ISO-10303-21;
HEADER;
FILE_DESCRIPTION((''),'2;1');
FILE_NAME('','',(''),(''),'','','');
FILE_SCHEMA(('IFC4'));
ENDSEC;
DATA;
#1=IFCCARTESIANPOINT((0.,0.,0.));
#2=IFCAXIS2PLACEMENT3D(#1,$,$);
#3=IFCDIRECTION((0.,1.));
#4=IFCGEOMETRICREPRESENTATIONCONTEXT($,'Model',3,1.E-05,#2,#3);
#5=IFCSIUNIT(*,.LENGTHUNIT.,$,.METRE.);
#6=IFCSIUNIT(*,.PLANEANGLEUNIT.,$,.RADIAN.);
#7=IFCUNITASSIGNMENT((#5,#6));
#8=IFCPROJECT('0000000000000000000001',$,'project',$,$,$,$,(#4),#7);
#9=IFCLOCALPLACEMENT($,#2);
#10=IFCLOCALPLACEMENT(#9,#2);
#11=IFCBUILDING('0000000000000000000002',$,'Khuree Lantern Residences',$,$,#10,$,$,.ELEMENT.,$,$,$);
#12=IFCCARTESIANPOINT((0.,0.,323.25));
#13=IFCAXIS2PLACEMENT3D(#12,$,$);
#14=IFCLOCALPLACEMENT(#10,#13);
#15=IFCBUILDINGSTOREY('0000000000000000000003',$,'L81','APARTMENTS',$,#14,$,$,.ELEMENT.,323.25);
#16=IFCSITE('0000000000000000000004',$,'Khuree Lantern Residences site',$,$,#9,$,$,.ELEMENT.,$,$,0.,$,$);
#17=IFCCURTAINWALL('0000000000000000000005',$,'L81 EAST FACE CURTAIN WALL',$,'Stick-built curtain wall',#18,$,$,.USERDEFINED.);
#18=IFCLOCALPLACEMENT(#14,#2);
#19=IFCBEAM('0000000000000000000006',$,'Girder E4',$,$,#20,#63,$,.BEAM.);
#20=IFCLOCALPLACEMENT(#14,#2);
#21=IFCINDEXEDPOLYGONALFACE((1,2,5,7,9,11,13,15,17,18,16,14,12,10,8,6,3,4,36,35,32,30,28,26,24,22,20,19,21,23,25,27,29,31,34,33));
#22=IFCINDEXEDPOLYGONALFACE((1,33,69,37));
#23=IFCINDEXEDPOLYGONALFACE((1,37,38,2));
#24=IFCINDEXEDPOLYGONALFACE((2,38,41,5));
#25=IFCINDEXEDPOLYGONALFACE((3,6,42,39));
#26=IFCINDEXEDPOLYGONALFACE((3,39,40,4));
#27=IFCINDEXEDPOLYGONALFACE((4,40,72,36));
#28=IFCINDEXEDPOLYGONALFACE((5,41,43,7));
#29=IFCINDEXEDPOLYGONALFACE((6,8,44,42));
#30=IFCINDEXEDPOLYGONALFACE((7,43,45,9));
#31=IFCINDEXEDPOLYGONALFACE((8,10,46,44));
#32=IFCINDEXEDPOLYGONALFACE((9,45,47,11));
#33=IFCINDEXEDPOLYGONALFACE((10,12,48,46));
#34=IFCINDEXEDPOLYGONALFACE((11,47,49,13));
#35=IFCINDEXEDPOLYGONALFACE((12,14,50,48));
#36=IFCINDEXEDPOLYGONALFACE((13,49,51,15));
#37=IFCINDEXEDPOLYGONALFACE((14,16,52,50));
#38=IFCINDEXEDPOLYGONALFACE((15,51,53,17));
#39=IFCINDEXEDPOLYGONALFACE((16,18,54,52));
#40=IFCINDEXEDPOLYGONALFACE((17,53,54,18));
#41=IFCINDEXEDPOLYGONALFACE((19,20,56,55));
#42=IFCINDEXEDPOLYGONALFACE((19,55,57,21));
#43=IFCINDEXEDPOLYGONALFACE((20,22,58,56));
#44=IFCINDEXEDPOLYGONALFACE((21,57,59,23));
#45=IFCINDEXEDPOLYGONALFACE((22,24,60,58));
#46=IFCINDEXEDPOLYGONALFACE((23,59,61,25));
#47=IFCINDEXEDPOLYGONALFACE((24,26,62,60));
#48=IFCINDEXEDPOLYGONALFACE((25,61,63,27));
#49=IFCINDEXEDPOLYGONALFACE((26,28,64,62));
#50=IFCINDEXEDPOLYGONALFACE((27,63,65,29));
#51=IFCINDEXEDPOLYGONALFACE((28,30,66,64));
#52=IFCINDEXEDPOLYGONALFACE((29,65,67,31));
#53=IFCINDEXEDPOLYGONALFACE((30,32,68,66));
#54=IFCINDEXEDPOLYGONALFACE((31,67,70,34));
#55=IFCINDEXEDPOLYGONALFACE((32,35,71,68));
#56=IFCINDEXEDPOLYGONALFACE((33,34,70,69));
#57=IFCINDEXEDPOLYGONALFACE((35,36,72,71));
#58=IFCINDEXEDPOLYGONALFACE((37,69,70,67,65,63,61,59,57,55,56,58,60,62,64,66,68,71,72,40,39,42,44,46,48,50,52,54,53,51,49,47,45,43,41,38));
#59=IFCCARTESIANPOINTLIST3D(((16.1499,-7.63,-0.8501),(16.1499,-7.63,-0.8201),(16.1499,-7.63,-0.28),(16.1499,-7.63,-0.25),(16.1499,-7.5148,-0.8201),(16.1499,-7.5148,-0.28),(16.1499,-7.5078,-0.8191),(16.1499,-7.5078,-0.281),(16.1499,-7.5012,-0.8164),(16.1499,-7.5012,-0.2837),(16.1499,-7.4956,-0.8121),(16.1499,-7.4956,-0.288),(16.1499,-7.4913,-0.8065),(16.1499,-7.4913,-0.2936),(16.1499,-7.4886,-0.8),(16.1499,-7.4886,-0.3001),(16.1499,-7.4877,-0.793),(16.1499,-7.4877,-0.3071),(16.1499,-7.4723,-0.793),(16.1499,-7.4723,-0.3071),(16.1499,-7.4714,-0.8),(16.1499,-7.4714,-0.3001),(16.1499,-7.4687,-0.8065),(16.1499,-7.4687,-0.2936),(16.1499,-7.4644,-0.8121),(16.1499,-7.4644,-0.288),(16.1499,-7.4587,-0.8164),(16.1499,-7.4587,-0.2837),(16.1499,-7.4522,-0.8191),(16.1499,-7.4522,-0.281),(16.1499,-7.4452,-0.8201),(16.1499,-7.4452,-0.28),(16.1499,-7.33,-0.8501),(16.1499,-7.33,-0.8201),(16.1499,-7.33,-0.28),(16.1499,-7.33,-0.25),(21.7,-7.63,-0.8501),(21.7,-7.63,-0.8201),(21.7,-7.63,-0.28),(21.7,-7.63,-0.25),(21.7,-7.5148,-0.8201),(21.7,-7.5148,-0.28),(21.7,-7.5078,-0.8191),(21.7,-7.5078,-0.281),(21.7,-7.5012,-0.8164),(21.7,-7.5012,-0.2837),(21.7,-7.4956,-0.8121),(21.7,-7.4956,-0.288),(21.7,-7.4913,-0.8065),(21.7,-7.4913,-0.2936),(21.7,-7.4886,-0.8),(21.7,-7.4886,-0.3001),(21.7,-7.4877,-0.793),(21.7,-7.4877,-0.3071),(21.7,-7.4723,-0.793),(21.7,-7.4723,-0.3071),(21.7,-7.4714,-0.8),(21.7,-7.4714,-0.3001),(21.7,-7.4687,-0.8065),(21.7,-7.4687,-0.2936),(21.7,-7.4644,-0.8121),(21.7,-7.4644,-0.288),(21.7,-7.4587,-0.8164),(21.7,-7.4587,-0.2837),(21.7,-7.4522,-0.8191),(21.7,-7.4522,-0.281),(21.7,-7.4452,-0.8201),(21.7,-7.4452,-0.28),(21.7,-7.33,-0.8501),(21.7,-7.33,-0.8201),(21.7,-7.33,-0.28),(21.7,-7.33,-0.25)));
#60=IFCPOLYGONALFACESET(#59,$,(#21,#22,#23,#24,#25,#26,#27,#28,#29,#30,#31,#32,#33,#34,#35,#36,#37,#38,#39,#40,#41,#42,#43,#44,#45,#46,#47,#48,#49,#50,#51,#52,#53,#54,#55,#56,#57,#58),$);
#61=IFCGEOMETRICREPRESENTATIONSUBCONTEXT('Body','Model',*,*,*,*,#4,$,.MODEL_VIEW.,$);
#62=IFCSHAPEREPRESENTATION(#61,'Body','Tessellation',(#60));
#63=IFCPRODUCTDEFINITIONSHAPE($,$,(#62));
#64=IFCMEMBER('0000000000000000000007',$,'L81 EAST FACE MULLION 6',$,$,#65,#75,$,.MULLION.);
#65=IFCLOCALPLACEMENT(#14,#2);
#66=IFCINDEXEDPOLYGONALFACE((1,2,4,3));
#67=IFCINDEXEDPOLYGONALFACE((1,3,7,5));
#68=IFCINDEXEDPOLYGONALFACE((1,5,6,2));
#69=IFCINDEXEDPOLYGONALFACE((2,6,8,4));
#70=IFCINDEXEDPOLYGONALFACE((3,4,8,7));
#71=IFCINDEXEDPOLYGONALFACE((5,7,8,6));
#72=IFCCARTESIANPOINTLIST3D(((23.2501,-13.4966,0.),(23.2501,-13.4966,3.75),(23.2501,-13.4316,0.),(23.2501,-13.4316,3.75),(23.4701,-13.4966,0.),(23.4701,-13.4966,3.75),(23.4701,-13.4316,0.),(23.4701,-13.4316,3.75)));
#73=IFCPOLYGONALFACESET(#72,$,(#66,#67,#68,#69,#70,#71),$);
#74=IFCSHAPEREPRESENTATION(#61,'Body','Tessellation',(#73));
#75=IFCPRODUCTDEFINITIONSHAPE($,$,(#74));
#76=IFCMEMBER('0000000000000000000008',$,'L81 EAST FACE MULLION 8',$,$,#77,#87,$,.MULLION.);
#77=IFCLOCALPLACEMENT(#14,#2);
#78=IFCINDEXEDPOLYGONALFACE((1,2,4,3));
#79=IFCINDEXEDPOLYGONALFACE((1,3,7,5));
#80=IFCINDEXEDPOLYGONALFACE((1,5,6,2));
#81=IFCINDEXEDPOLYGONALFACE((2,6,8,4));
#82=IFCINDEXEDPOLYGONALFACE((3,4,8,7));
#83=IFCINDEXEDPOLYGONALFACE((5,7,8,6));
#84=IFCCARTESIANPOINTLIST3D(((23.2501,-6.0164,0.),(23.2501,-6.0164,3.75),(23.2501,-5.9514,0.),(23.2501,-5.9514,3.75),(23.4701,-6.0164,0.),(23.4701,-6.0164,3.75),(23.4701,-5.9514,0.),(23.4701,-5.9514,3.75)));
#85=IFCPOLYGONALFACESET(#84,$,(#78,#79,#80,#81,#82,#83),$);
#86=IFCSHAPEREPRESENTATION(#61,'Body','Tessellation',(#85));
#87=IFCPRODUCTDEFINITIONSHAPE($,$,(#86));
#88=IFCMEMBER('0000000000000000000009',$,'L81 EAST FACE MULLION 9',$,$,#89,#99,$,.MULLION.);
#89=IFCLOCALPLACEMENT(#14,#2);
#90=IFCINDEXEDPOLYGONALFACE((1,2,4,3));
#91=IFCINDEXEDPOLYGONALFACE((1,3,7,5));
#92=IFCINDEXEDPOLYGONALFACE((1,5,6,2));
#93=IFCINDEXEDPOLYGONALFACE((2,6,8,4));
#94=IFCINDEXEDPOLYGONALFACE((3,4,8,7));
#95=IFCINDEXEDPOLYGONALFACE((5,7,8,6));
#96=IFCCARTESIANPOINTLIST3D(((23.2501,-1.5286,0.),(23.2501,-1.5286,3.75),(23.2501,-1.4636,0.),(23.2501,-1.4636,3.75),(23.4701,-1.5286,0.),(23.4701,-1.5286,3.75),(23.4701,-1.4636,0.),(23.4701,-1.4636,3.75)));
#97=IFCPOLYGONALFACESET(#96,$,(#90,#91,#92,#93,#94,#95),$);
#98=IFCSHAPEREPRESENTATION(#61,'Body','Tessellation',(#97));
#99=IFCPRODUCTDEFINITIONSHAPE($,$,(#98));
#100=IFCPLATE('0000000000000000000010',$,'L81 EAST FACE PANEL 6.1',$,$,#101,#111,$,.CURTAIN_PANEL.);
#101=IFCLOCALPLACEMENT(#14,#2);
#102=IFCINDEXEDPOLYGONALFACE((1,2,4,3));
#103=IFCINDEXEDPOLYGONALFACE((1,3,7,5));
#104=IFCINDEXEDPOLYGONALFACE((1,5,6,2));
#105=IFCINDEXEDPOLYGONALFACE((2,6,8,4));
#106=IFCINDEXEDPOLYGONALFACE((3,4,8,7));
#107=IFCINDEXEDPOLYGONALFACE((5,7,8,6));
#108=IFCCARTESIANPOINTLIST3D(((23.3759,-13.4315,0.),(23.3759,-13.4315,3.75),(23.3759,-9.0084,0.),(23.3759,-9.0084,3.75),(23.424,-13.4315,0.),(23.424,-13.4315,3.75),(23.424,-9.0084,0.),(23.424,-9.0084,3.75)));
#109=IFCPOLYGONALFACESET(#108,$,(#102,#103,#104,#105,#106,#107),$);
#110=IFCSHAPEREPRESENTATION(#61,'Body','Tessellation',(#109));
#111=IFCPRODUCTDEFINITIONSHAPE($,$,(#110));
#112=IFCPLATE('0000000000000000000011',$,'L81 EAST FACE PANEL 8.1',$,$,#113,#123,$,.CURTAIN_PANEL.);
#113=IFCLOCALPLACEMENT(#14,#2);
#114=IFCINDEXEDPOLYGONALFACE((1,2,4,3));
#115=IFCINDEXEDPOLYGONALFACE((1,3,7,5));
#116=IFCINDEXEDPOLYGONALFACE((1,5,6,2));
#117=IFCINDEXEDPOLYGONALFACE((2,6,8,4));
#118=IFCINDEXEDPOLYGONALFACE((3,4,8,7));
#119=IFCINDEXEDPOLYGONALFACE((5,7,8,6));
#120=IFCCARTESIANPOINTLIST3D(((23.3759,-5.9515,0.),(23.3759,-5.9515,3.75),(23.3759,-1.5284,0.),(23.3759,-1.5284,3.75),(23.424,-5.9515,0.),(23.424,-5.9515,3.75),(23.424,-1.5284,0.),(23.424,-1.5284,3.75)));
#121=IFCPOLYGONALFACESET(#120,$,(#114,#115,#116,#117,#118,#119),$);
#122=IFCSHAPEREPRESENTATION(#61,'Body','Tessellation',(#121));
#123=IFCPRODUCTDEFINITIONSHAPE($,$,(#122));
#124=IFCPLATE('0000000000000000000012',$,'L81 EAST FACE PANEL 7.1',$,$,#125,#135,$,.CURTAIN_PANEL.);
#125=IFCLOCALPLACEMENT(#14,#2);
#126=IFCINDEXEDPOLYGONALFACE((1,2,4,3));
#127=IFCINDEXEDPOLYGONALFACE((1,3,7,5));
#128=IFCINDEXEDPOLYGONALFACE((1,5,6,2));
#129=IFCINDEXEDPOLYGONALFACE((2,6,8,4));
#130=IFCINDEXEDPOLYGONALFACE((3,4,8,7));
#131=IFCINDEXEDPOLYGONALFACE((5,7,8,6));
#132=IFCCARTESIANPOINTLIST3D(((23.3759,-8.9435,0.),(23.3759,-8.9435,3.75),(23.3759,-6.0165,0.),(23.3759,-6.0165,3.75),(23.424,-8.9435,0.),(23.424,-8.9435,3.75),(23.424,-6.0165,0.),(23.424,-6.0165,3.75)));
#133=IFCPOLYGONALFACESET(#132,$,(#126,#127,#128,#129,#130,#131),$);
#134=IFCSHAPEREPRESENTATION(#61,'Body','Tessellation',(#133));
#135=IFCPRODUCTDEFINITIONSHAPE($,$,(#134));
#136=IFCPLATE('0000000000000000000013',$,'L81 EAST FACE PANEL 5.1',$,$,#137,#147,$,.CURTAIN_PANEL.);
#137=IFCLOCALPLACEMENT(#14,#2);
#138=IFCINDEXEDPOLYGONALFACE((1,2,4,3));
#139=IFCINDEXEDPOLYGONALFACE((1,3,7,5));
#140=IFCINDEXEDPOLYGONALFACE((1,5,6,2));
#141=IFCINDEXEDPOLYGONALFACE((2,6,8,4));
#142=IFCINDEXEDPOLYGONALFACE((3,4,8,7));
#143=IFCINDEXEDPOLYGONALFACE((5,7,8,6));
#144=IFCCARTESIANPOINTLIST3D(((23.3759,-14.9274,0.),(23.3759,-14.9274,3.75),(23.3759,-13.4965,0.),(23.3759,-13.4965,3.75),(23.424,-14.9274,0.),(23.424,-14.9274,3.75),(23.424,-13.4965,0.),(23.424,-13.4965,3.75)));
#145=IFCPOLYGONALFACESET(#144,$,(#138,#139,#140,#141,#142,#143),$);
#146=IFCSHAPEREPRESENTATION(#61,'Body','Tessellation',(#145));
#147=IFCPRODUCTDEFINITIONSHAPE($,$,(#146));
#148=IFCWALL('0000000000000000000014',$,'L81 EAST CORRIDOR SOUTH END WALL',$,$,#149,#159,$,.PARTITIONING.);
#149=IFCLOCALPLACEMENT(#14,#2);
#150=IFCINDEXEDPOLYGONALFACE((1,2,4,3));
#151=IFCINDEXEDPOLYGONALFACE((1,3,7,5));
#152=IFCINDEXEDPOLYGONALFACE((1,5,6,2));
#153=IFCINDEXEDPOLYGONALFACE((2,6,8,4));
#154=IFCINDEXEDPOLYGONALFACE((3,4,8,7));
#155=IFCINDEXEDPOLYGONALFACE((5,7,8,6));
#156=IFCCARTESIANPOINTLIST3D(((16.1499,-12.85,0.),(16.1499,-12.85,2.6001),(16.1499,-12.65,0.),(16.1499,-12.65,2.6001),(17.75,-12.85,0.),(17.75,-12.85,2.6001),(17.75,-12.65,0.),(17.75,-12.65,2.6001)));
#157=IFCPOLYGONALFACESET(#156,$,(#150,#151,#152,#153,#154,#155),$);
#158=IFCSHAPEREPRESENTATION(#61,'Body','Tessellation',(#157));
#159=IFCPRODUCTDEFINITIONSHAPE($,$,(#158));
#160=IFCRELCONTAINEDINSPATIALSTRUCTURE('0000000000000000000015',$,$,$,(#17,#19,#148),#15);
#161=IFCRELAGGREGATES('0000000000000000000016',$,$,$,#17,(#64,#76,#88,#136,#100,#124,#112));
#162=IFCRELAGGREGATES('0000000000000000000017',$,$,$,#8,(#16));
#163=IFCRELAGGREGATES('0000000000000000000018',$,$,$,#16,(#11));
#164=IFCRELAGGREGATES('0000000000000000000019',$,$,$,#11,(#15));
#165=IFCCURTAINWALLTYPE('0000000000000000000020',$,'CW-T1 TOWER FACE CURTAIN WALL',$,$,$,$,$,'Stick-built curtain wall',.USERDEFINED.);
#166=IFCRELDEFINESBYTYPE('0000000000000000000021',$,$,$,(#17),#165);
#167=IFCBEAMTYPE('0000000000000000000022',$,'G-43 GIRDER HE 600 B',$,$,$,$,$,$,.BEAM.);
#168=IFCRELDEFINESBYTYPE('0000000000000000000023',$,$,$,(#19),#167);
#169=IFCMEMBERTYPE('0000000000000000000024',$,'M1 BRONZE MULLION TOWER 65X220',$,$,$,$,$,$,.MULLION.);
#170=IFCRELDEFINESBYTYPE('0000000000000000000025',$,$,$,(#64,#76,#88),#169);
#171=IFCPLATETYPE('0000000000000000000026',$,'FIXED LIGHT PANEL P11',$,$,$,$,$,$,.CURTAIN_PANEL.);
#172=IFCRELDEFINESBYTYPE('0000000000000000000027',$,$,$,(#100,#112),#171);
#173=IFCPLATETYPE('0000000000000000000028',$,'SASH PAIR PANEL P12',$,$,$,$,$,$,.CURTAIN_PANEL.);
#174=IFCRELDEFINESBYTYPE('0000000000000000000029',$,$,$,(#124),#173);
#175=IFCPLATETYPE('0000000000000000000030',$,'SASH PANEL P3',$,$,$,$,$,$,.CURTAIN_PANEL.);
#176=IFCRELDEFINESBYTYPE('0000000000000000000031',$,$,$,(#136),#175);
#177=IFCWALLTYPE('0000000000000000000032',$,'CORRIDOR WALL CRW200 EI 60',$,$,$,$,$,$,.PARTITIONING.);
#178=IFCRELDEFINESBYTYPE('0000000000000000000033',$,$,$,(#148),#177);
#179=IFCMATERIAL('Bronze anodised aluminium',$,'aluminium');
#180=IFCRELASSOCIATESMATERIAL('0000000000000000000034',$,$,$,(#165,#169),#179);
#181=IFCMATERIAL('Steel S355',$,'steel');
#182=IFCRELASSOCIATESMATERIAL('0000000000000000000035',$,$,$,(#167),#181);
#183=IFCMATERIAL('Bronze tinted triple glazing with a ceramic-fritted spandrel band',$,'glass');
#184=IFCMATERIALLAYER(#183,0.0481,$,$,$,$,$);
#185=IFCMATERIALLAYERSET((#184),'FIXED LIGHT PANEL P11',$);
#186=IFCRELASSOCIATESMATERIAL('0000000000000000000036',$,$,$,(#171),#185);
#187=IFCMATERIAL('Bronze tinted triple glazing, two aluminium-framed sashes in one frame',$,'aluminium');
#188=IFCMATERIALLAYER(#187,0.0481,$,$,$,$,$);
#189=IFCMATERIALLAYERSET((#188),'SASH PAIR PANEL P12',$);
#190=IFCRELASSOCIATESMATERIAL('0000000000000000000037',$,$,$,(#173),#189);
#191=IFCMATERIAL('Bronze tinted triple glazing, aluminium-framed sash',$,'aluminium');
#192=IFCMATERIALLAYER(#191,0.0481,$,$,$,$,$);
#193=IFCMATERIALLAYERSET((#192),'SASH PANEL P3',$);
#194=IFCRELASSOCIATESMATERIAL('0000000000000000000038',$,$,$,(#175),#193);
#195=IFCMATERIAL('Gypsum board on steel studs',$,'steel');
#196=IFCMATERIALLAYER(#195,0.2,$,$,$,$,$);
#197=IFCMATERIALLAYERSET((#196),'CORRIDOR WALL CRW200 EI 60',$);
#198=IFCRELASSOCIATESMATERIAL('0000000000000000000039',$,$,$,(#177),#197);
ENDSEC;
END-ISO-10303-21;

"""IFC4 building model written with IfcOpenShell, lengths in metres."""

from ifc_helpers import new_model, si_unit, direction, frame, frame_2d, origin, origin_2d, place, context, subcontext, project, spatial, rectangle, i_section, extrude, material, layer, layer_set, material_profile, profile_set, type_object, element, aggregate, save


model = new_model("IFC4")

# Units and contexts
model_context = context("Model", 3, precision=1e-05, world=origin(), true_north=direction((0.0, 1.0)))
body_context = subcontext(model_context, "Body", "Model", "MODEL_VIEW")
ifc_project = project(units=[si_unit("LENGTHUNIT", "METRE"), si_unit("PLANEANGLEUNIT", "RADIAN")], contexts=[model_context])

# Site, building, storey
site_placement = place(None, origin())
site = spatial("IfcSite", under=ifc_project, at=site_placement, Name="Khuree Lantern Residences site", CompositionType="ELEMENT", RefElevation=0.0)
building_placement = place(site_placement, origin())
building = spatial("IfcBuilding", under=site, at=building_placement, Name="Khuree Lantern Residences", CompositionType="ELEMENT")
storey_placement = place(building_placement, frame((0.0, 0.0, 323.25)))
storey = spatial("IfcBuildingStorey", under=building, at=storey_placement, Name="L81", Description="APARTMENTS", CompositionType="ELEMENT", Elevation=323.25)

# Shared definitions
ifc_material_1 = material(Name="Steel S355", Category="steel")

# Curtain wall
ifc_material_2 = material(Name="Bronze anodised aluminium", Category="aluminium")
curtain_wall_type = type_object("IfcCurtainWallType", Name="CW-T1 TOWER FACE CURTAIN WALL", ElementType="Stick-built curtain wall", PredefinedType="USERDEFINED", material=ifc_material_2)
curtain_wall_placement = place(storey_placement, origin())
curtain_wall = element("IfcCurtainWall", 1, at=curtain_wall_placement, inside=storey, type_object=curtain_wall_type, Name="L81 EAST FACE CURTAIN WALL", ObjectType="Stick-built curtain wall", PredefinedType="USERDEFINED")

# Beam
ifc_material_profile_1 = material_profile(ifc_material_1, i_section(OverallWidth=0.3, OverallDepth=0.6001, WebThickness=0.0154, FlangeThickness=0.03, FilletRadius=0.0271, at=origin_2d()), Name="HE 600 B")
ifc_profile_set_1 = profile_set([ifc_material_profile_1], Name="Steel S355")
beam_type_1 = type_object("IfcBeamType", Name="G-43 GIRDER HE 600 B", PredefinedType="BEAM", material=ifc_profile_set_1)
beam_1_placement = place(storey_placement, frame((21.7, -7.48, -0.55), z_axis=(-1.0, 0.0, 0.0), x_axis=(0.0, -1.0, 0.0)))
element("IfcBeam", 2, at=beam_1_placement, inside=storey, type_object=beam_type_1, Name="Girder E4", PredefinedType="BEAM", context=body_context, shape_type="SweptSolid", body=[
    extrude(i_section(OverallWidth=0.3, OverallDepth=0.6001, WebThickness=0.0154, FlangeThickness=0.03, FilletRadius=0.0271, at=origin_2d()), origin(), (0.0, 0.0, 1.0), 5.55),
])

# Members
ifc_material_profile_2 = material_profile(ifc_material_2, rectangle(XDim=0.0649, YDim=0.22, at=origin_2d()), Name="M1 65X220")
ifc_profile_set_2 = profile_set([ifc_material_profile_2], Name="Bronze anodised aluminium")
member_type_1 = type_object("IfcMemberType", Name="M1 BRONZE MULLION TOWER 65X220", PredefinedType="MULLION", material=ifc_profile_set_2)
member_1_placement = place(storey_placement, frame((23.3601, -13.4641, 0.0), z_axis=(0.0, 0.0, 1.0), x_axis=(0.0, 1.0, 0.0)))
member_1 = element("IfcMember", 3, at=member_1_placement, type_object=member_type_1, Name="L81 EAST FACE MULLION 6", PredefinedType="MULLION", context=body_context, shape_type="SweptSolid", body=[
    extrude(rectangle(XDim=0.0649, YDim=0.22, at=origin_2d()), origin(), (0.0, 0.0, 1.0), 3.75),
])
member_2_placement = place(storey_placement, frame((23.3601, -5.9839, 0.0), z_axis=(0.0, 0.0, 1.0), x_axis=(0.0, 1.0, 0.0)))
member_2 = element("IfcMember", 4, at=member_2_placement, type_object=member_type_1, Name="L81 EAST FACE MULLION 8", PredefinedType="MULLION", context=body_context, shape_type="SweptSolid", body=[
    extrude(rectangle(XDim=0.0649, YDim=0.22, at=origin_2d()), origin(), (0.0, 0.0, 1.0), 3.75),
])
member_3_placement = place(storey_placement, frame((23.3601, -1.4961, 0.0), z_axis=(0.0, 0.0, 1.0), x_axis=(0.0, 1.0, 0.0)))
member_3 = element("IfcMember", 5, at=member_3_placement, type_object=member_type_1, Name="L81 EAST FACE MULLION 9", PredefinedType="MULLION", context=body_context, shape_type="SweptSolid", body=[
    extrude(rectangle(XDim=0.0649, YDim=0.22, at=origin_2d()), origin(), (0.0, 0.0, 1.0), 3.75),
])

# Plates
ifc_material_3 = material(Name="Bronze tinted triple glazing with a ceramic-fritted spandrel band", Category="glass")
ifc_layer_1 = layer(ifc_material_3, 0.0481)
ifc_layer_set_1 = layer_set([ifc_layer_1], Name="FIXED LIGHT PANEL P11")
plate_type_1 = type_object("IfcPlateType", Name="FIXED LIGHT PANEL P11", PredefinedType="CURTAIN_PANEL", material=ifc_layer_set_1)
plate_1_placement = place(storey_placement, frame((23.3999, -11.22, 0.0), z_axis=(0.0, 0.0, 1.0), x_axis=(0.0, 1.0, 0.0)))
plate_1 = element("IfcPlate", 6, at=plate_1_placement, type_object=plate_type_1, Name="L81 EAST FACE PANEL 6.1", PredefinedType="CURTAIN_PANEL", context=body_context, shape_type="SweptSolid", body=[
    extrude(rectangle(XDim=4.4231, YDim=0.0481, at=origin_2d()), origin(), (0.0, 0.0, 1.0), 3.75),
])
plate_2_placement = place(storey_placement, frame((23.3999, -3.74, 0.0), z_axis=(0.0, 0.0, 1.0), x_axis=(0.0, 1.0, 0.0)))
plate_2 = element("IfcPlate", 7, at=plate_2_placement, type_object=plate_type_1, Name="L81 EAST FACE PANEL 8.1", PredefinedType="CURTAIN_PANEL", context=body_context, shape_type="SweptSolid", body=[
    extrude(rectangle(XDim=4.4231, YDim=0.0481, at=origin_2d()), origin(), (0.0, 0.0, 1.0), 3.75),
])
ifc_material_4 = material(Name="Bronze tinted triple glazing, two aluminium-framed sashes in one frame", Category="aluminium")
ifc_layer_2 = layer(ifc_material_4, 0.0481)
ifc_layer_set_2 = layer_set([ifc_layer_2], Name="SASH PAIR PANEL P12")
plate_type_2 = type_object("IfcPlateType", Name="SASH PAIR PANEL P12", PredefinedType="CURTAIN_PANEL", material=ifc_layer_set_2)
plate_3_placement = place(storey_placement, frame((23.3999, -7.48, 0.0), z_axis=(0.0, 0.0, 1.0), x_axis=(0.0, 1.0, 0.0)))
plate_3 = element("IfcPlate", 8, at=plate_3_placement, type_object=plate_type_2, Name="L81 EAST FACE PANEL 7.1", PredefinedType="CURTAIN_PANEL", context=body_context, shape_type="SweptSolid", body=[
    extrude(rectangle(XDim=2.927, YDim=0.0481, at=origin_2d()), origin(), (0.0, 0.0, 1.0), 3.75),
])
ifc_material_5 = material(Name="Bronze tinted triple glazing, aluminium-framed sash", Category="aluminium")
ifc_layer_3 = layer(ifc_material_5, 0.0481)
ifc_layer_set_3 = layer_set([ifc_layer_3], Name="SASH PANEL P3")
plate_type_3 = type_object("IfcPlateType", Name="SASH PANEL P3", PredefinedType="CURTAIN_PANEL", material=ifc_layer_set_3)
plate_4_placement = place(storey_placement, frame((23.3999, -14.2119, 0.0), z_axis=(0.0, 0.0, 1.0), x_axis=(0.0, 1.0, 0.0)))
plate_4 = element("IfcPlate", 9, at=plate_4_placement, type_object=plate_type_3, Name="L81 EAST FACE PANEL 5.1", PredefinedType="CURTAIN_PANEL", context=body_context, shape_type="SweptSolid", body=[
    extrude(rectangle(XDim=1.4309, YDim=0.0481, at=origin_2d()), origin(), (0.0, 0.0, 1.0), 3.75),
])
aggregate(curtain_wall, [member_1, member_2, member_3, plate_4, plate_1, plate_3, plate_2])

# Wall
ifc_material_6 = material(Name="Gypsum board on steel studs", Category="steel")
ifc_layer_4 = layer(ifc_material_6, 0.2)
ifc_layer_set_4 = layer_set([ifc_layer_4], Name="CORRIDOR WALL CRW200 EI 60")
wall_type_1 = type_object("IfcWallType", Name="CORRIDOR WALL CRW200 EI 60", PredefinedType="PARTITIONING", material=ifc_layer_set_4)
wall_1_placement = place(storey_placement, frame((16.1499, -12.75, 0.0), z_axis=(0.0, 0.0, 1.0), x_axis=(1.0, 0.0, 0.0)))
element("IfcWall", 10, at=wall_1_placement, inside=storey, type_object=wall_type_1, Name="L81 EAST CORRIDOR SOUTH END WALL", PredefinedType="PARTITIONING", context=body_context, shape_type="SweptSolid", body=[
    extrude(rectangle(XDim=1.6001, YDim=0.2, at=frame_2d((0.8, 0.0))), origin(), (0.0, 0.0, 1.0), 2.6001),
])

save(model, "model.ifc")
